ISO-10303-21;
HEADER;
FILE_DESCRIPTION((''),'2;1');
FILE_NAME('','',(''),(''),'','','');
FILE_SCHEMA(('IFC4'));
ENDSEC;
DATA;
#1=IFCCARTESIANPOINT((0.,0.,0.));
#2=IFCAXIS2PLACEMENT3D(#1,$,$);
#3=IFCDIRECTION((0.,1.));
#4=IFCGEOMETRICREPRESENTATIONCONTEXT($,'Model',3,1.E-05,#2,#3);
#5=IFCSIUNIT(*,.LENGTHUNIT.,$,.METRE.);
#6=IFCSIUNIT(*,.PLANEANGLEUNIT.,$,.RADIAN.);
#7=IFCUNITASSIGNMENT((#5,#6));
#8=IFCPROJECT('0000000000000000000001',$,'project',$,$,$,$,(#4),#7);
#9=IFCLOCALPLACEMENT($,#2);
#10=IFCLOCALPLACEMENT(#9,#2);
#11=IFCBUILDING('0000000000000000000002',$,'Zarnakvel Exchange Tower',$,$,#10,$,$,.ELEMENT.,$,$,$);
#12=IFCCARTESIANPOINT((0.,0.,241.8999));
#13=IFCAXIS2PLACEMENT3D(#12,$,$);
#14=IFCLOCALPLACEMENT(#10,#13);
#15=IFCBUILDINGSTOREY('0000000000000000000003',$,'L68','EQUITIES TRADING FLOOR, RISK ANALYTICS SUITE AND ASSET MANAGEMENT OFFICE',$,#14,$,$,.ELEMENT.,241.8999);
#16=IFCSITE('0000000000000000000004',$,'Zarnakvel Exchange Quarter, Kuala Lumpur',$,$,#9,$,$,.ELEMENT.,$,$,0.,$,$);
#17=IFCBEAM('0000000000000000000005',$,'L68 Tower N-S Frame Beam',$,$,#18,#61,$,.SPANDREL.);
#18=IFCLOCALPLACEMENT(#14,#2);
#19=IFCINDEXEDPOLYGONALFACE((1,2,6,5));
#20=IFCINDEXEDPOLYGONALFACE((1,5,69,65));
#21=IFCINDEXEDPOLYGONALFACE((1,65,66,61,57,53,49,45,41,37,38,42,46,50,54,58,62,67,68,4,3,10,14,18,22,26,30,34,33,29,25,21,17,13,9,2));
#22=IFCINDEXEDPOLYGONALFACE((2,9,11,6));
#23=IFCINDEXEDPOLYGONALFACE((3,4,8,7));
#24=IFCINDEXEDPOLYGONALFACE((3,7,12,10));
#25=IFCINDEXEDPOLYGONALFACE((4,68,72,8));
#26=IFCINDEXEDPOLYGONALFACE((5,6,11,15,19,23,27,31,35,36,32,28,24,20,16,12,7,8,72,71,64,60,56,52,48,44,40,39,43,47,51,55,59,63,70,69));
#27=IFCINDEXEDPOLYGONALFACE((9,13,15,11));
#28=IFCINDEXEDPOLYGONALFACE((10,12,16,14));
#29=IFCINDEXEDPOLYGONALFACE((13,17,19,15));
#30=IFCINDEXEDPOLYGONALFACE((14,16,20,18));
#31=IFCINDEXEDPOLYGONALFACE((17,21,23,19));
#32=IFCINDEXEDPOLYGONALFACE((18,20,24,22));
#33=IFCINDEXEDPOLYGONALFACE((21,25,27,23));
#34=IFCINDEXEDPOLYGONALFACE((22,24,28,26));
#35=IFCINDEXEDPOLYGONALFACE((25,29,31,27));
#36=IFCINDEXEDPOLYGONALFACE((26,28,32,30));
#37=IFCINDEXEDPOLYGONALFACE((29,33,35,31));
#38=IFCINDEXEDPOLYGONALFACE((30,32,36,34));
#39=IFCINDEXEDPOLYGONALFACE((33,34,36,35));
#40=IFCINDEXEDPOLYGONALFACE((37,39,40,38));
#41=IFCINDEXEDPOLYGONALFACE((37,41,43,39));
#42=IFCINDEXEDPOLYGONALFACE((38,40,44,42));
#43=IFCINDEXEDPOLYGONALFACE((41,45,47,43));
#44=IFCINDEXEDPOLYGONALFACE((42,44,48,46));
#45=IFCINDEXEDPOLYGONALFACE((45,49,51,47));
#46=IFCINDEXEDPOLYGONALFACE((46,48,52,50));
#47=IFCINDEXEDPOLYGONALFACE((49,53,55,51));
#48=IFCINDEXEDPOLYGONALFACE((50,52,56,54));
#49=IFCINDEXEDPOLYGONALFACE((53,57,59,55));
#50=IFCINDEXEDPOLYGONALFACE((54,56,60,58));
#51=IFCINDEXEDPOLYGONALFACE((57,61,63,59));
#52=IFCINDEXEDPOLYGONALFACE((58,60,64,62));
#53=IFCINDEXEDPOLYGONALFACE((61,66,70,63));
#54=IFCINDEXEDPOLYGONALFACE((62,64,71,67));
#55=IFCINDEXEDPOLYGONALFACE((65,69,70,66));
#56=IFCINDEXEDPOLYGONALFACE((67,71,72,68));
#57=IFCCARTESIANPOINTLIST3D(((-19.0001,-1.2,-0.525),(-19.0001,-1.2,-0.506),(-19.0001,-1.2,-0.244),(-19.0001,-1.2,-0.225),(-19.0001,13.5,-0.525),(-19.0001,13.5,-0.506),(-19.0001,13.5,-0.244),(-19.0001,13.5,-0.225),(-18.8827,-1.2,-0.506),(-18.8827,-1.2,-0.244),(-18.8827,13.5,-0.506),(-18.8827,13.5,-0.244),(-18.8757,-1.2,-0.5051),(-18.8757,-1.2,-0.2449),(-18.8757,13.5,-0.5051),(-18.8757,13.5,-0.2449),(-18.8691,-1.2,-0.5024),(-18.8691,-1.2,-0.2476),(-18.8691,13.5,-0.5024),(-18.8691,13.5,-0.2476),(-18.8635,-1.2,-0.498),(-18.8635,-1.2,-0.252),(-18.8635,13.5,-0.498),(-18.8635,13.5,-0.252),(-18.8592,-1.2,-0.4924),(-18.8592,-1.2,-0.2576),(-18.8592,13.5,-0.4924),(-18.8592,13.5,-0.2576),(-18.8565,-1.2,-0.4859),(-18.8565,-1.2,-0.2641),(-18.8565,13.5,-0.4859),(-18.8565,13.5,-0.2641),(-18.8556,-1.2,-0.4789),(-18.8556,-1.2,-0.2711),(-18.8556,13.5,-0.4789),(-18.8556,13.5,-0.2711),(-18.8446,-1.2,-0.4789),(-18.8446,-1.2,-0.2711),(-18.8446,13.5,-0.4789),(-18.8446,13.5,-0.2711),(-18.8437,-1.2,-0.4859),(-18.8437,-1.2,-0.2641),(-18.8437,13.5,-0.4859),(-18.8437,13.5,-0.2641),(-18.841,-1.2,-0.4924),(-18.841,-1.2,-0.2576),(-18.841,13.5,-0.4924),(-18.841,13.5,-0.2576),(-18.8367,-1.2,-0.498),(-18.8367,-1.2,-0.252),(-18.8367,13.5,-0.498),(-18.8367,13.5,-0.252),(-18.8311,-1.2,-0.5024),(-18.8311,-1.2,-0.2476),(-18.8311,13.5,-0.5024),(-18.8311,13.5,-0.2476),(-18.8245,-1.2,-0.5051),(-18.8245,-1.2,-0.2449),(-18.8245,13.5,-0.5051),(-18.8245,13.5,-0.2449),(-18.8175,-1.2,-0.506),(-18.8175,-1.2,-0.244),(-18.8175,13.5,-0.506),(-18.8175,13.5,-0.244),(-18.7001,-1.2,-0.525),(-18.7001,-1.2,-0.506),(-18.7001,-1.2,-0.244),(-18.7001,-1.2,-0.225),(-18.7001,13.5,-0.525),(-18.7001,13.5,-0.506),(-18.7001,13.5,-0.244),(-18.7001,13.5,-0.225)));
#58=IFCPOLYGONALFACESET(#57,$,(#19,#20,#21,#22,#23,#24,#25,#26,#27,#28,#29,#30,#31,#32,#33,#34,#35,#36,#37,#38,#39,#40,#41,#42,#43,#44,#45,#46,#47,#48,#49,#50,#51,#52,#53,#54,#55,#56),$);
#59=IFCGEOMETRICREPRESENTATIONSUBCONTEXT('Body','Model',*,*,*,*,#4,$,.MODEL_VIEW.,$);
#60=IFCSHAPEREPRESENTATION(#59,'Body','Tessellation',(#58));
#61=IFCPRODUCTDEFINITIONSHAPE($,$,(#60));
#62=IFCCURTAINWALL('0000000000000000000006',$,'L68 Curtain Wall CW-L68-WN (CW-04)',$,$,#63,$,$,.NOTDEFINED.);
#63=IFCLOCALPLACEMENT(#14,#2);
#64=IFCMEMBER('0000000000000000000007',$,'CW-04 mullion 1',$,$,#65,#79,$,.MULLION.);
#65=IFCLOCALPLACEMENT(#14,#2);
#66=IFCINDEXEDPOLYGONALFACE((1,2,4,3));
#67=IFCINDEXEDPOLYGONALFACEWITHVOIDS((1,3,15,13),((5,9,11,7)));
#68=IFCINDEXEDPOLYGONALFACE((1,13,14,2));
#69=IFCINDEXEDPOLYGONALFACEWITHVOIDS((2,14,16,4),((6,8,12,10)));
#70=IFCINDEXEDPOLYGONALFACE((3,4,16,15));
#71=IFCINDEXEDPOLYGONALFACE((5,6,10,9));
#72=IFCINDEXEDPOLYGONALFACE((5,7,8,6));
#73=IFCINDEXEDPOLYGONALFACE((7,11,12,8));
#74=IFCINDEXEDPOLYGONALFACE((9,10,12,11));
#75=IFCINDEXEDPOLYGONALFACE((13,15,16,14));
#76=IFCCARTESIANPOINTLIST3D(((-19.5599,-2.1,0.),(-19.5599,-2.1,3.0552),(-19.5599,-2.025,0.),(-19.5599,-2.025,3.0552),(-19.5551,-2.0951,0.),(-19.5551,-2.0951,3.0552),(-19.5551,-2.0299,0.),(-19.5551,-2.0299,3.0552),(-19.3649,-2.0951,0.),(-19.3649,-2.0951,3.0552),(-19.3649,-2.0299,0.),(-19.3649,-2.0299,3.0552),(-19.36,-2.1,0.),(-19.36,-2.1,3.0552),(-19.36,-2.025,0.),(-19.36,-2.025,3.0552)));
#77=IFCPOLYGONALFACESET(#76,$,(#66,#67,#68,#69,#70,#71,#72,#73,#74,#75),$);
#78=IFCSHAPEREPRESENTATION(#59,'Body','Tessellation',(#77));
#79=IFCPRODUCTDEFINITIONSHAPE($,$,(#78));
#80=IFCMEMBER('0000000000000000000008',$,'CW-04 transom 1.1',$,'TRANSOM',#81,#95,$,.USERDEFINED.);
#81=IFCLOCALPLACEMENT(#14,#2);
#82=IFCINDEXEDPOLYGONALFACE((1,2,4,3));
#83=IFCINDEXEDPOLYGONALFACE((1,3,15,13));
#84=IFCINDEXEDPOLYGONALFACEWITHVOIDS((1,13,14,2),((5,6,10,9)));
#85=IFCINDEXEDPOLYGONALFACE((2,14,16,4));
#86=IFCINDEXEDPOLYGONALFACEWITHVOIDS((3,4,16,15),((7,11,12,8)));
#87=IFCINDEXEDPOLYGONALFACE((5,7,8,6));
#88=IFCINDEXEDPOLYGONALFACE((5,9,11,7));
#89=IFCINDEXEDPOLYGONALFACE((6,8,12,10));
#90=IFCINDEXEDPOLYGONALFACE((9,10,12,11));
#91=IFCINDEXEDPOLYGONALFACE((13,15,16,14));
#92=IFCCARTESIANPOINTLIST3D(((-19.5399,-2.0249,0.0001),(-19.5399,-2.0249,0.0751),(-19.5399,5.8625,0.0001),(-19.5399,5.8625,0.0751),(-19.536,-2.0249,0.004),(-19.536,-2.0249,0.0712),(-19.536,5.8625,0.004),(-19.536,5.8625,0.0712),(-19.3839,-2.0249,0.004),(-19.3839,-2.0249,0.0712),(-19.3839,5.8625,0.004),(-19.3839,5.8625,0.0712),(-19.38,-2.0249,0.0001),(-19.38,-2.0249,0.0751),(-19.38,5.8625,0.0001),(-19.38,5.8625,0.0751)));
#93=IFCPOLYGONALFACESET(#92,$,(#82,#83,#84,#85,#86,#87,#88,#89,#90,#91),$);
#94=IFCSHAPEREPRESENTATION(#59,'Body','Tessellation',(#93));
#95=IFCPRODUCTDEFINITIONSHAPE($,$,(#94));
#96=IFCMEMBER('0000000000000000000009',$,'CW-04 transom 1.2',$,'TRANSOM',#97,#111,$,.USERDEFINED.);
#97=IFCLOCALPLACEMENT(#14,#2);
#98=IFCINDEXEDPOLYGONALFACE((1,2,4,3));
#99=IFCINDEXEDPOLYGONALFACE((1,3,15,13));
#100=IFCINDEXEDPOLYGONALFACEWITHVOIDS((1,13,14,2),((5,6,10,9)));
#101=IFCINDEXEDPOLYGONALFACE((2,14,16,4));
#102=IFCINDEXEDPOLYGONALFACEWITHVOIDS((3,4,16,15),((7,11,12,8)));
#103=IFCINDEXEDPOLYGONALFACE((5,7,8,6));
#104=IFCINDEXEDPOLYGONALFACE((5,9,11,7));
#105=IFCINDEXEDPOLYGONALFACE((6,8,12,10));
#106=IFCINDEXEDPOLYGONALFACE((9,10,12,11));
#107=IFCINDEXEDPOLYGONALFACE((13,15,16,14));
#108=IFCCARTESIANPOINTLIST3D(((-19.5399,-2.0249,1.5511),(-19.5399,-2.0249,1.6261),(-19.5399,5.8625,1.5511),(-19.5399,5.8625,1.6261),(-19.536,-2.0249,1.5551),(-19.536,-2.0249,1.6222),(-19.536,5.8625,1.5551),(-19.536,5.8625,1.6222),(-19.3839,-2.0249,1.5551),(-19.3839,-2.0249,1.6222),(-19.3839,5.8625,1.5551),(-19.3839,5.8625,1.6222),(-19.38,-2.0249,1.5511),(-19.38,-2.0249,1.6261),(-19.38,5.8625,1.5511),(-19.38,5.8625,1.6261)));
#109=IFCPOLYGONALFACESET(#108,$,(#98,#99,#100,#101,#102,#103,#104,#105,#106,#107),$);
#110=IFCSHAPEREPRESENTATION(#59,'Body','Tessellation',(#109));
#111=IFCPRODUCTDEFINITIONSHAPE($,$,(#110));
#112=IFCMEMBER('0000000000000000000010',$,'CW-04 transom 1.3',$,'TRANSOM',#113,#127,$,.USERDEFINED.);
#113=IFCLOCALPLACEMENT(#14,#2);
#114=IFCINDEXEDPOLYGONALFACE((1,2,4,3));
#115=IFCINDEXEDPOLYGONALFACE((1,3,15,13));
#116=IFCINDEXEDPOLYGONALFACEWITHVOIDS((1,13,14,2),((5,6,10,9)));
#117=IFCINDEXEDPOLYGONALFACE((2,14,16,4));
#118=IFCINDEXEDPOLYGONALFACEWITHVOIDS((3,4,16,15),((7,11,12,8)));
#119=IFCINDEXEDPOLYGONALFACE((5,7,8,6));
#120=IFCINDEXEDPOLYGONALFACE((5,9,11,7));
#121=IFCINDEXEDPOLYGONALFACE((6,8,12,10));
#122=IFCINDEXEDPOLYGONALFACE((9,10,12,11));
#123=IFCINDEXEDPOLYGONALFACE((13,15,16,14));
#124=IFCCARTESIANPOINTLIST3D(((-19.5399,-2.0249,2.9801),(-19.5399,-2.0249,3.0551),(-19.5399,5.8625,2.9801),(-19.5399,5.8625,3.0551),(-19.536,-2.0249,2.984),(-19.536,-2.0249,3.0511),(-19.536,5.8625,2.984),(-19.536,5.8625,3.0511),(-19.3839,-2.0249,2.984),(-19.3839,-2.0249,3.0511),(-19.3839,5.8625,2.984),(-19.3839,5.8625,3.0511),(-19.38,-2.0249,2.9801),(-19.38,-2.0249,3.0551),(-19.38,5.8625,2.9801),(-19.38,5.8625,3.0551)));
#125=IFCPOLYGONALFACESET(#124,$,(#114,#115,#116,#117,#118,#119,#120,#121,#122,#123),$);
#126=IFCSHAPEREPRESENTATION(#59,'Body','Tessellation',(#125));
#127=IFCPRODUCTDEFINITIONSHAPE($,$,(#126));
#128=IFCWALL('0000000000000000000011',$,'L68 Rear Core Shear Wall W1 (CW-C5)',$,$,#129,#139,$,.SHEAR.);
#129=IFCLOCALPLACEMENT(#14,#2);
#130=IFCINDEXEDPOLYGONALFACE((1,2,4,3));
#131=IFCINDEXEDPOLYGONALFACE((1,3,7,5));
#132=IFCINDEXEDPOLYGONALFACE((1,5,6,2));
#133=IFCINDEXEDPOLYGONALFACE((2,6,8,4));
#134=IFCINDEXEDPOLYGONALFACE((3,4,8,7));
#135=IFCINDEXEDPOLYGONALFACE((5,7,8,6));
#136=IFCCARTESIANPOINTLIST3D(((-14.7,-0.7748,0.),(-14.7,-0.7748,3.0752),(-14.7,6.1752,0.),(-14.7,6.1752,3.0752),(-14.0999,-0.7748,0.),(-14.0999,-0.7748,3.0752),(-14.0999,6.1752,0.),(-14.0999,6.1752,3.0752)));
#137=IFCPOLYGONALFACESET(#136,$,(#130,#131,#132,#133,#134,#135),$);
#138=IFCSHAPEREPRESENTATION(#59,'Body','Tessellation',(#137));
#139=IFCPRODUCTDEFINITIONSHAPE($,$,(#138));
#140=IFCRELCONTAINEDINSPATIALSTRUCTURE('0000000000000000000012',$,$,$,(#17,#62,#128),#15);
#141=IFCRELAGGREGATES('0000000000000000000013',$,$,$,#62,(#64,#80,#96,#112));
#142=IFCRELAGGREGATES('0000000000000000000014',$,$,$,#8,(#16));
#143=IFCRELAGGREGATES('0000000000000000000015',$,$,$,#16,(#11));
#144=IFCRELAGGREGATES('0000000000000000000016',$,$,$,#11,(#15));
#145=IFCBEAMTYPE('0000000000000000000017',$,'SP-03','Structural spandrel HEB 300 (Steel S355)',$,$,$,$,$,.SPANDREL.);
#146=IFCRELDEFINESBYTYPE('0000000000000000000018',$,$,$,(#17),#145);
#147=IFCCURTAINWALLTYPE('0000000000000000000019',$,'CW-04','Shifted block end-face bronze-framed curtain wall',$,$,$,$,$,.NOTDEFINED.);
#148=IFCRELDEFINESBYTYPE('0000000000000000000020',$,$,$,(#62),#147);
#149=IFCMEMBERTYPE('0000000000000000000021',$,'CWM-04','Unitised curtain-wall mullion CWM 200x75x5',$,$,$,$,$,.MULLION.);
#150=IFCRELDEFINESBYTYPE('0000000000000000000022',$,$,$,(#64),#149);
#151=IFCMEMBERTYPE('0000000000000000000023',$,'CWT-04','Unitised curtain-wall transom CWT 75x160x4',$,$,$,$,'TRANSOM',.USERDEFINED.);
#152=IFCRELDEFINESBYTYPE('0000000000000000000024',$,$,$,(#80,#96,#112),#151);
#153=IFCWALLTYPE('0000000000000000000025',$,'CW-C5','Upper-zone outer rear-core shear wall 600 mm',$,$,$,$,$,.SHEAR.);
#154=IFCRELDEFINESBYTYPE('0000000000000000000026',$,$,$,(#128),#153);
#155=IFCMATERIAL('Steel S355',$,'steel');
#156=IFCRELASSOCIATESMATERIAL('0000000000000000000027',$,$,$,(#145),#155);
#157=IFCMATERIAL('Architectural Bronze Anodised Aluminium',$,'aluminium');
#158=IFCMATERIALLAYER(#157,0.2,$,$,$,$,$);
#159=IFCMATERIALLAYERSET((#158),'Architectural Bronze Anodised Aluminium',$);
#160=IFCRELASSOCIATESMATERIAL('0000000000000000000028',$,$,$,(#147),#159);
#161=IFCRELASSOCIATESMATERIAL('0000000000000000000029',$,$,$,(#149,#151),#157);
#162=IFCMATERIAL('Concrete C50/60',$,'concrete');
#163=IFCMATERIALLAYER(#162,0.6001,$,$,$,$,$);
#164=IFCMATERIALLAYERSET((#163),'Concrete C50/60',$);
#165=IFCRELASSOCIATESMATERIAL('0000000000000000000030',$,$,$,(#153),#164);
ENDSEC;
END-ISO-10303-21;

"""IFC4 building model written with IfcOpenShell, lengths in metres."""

from ifc_helpers import new_model, si_unit, direction, frame, frame_2d, origin, origin_2d, place, context, subcontext, project, spatial, rectangle, hollow_rectangle, i_section, extrude, source, transform, mapped, material, layer, layer_set, material_profile, profile_set, type_object, element, aggregate, save


model = new_model("IFC4")

# Units and contexts
model_context = context("Model", 3, precision=1e-05, world=origin(), true_north=direction((0.0, 1.0)))
body_context = subcontext(model_context, "Body", "Model", "MODEL_VIEW")
ifc_project = project(units=[si_unit("LENGTHUNIT", "METRE"), si_unit("PLANEANGLEUNIT", "RADIAN")], contexts=[model_context])

# Site, building, storey
site_placement = place(None, origin())
site = spatial("IfcSite", under=ifc_project, at=site_placement, Name="Zarnakvel Exchange Quarter, Kuala Lumpur", CompositionType="ELEMENT", RefElevation=0.0)
building_placement = place(site_placement, origin())
building = spatial("IfcBuilding", under=site, at=building_placement, Name="Zarnakvel Exchange Tower", CompositionType="ELEMENT")
storey_placement = place(building_placement, frame((0.0, 0.0, 241.8999)))
storey = spatial("IfcBuildingStorey", under=building, at=storey_placement, Name="L68", Description="EQUITIES TRADING FLOOR, RISK ANALYTICS SUITE AND ASSET MANAGEMENT OFFICE", CompositionType="ELEMENT", Elevation=241.8999)

# Shared definitions
ifc_material_1 = material(Name="Concrete C50/60", Category="concrete")
ifc_material_2 = material(Name="Steel S355", Category="steel")

# Beam
ifc_material_profile_1 = material_profile(ifc_material_2, i_section(OverallWidth=0.3, OverallDepth=0.3, WebThickness=0.011, FlangeThickness=0.019, FilletRadius=0.0271, at=origin_2d()))
ifc_profile_set_1 = profile_set([ifc_material_profile_1], Name="Steel S355")
beam_type_1 = type_object("IfcBeamType", Name="SP-03", Description="Structural spandrel HEB 300 (Steel S355)", PredefinedType="SPANDREL", material=ifc_profile_set_1)
beam_1_placement = place(storey_placement, frame((-18.8501, -1.2, -0.375), z_axis=(0.0, 1.0, 0.0), x_axis=(-1.0, 0.0, 0.0)))
element("IfcBeam", 1, at=beam_1_placement, inside=storey, type_object=beam_type_1, Name="L68 Tower N-S Frame Beam", PredefinedType="SPANDREL", context=body_context, shape_type="SweptSolid", body=[
    extrude(i_section(OverallWidth=0.3, OverallDepth=0.3, WebThickness=0.011, FlangeThickness=0.019, FilletRadius=0.0271, at=origin_2d()), origin(), (0.0, 0.0, 1.0), 14.7),
])

# Curtain wall, members
ifc_material_3 = material(Name="Architectural Bronze Anodised Aluminium", Category="aluminium")
ifc_layer_1 = layer(ifc_material_3, 0.2)
ifc_layer_set_1 = layer_set([ifc_layer_1], Name="Architectural Bronze Anodised Aluminium")
curtain_wall_type = type_object("IfcCurtainWallType", Name="CW-04", Description="Shifted block end-face bronze-framed curtain wall", PredefinedType="NOTDEFINED", material=ifc_layer_set_1)
curtain_wall_placement = place(storey_placement, origin())
curtain_wall = element("IfcCurtainWall", 2, at=curtain_wall_placement, inside=storey, type_object=curtain_wall_type, Name="L68 Curtain Wall CW-L68-WN (CW-04)", PredefinedType="NOTDEFINED")
ifc_material_profile_2 = material_profile(ifc_material_3, hollow_rectangle(XDim=0.2, YDim=0.075, WallThickness=0.0049, at=origin_2d()))
ifc_profile_set_2 = profile_set([ifc_material_profile_2], Name="Architectural Bronze Anodised Aluminium")
member_type_1 = type_object("IfcMemberType", Name="CWM-04", Description="Unitised curtain-wall mullion CWM 200x75x5", PredefinedType="MULLION", material=ifc_profile_set_2)
shared_shape_1 = source(origin(), body_context, "Body", "SweptSolid", [
    extrude(hollow_rectangle(XDim=0.2, YDim=0.075, WallThickness=0.0049, at=origin_2d()), origin(), (0.0, 0.0, 1.0), 3.0552),
])
member_1_placement = place(storey_placement, frame((-19.46, -2.0625, 0.0), z_axis=(0.0, 0.0, 1.0), x_axis=(-1.0, 0.0, 0.0)))
member_1 = element("IfcMember", 3, at=member_1_placement, type_object=member_type_1, Name="CW-04 mullion 1", PredefinedType="MULLION", context=body_context, shape_type="MappedRepresentation", body=[
    mapped(shared_shape_1, transform((0.0, 0.0, 0.0), x_axis=(1.0, 0.0, 0.0), y_axis=(0.0, 1.0, 0.0), z_axis=(0.0, 0.0, 1.0), scale=1.0)),
])
ifc_material_profile_3 = material_profile(ifc_material_3, hollow_rectangle(XDim=0.1599, YDim=0.075, WallThickness=0.0039, at=origin_2d()))
ifc_profile_set_3 = profile_set([ifc_material_profile_3], Name="Architectural Bronze Anodised Aluminium")
member_type_2 = type_object("IfcMemberType", Name="CWT-04", Description="Unitised curtain-wall transom CWT 75x160x4", ElementType="TRANSOM", PredefinedType="USERDEFINED", material=ifc_profile_set_3)
shared_shape_2 = source(origin(), body_context, "Body", "SweptSolid", [
    extrude(hollow_rectangle(XDim=0.1599, YDim=0.075, WallThickness=0.0039, at=origin_2d()), origin(), (0.0, 0.0, 1.0), 7.8875),
])
member_2_placement = place(storey_placement, frame((-19.46, -2.0249, 0.0376), z_axis=(0.0, 1.0, 0.0), x_axis=(-1.0, 0.0, 0.0)))
member_2 = element("IfcMember", 4, at=member_2_placement, type_object=member_type_2, Name="CW-04 transom 1.1", ObjectType="TRANSOM", PredefinedType="USERDEFINED", context=body_context, shape_type="MappedRepresentation", body=[
    mapped(shared_shape_2, transform((0.0, 0.0, 0.0), x_axis=(1.0, 0.0, 0.0), y_axis=(0.0, 1.0, 0.0), z_axis=(0.0, 0.0, 1.0), scale=1.0)),
])
member_3_placement = place(storey_placement, frame((-19.46, -2.0249, 1.5886), z_axis=(0.0, 1.0, 0.0), x_axis=(-1.0, 0.0, 0.0)))
member_3 = element("IfcMember", 5, at=member_3_placement, type_object=member_type_2, Name="CW-04 transom 1.2", ObjectType="TRANSOM", PredefinedType="USERDEFINED", context=body_context, shape_type="MappedRepresentation", body=[
    mapped(shared_shape_2, transform((0.0, 0.0, 0.0), x_axis=(1.0, 0.0, 0.0), y_axis=(0.0, 1.0, 0.0), z_axis=(0.0, 0.0, 1.0), scale=1.0)),
])
member_4_placement = place(storey_placement, frame((-19.46, -2.0249, 3.0176), z_axis=(0.0, 1.0, 0.0), x_axis=(-1.0, 0.0, 0.0)))
member_4 = element("IfcMember", 6, at=member_4_placement, type_object=member_type_2, Name="CW-04 transom 1.3", ObjectType="TRANSOM", PredefinedType="USERDEFINED", context=body_context, shape_type="MappedRepresentation", body=[
    mapped(shared_shape_2, transform((0.0, 0.0, 0.0), x_axis=(1.0, 0.0, 0.0), y_axis=(0.0, 1.0, 0.0), z_axis=(0.0, 0.0, 1.0), scale=1.0)),
])
aggregate(curtain_wall, [member_1, member_2, member_3, member_4])

# Wall
ifc_layer_2 = layer(ifc_material_1, 0.6001)
ifc_layer_set_2 = layer_set([ifc_layer_2], Name="Concrete C50/60")
wall_type_1 = type_object("IfcWallType", Name="CW-C5", Description="Upper-zone outer rear-core shear wall 600 mm", PredefinedType="SHEAR", material=ifc_layer_set_2)
wall_1_placement = place(storey_placement, frame((-14.3999, -0.7749, 0.0), z_axis=(0.0, 0.0, 1.0), x_axis=(0.0, 1.0, 0.0)))
element("IfcWall", 7, at=wall_1_placement, inside=storey, type_object=wall_type_1, Name="L68 Rear Core Shear Wall W1 (CW-C5)", PredefinedType="SHEAR", context=body_context, shape_type="SweptSolid", body=[
    extrude(rectangle(XDim=6.95, YDim=0.6001, at=frame_2d((3.4751, 0.0))), origin(), (0.0, 0.0, 1.0), 3.0752),
])

save(model, "model.ifc")
